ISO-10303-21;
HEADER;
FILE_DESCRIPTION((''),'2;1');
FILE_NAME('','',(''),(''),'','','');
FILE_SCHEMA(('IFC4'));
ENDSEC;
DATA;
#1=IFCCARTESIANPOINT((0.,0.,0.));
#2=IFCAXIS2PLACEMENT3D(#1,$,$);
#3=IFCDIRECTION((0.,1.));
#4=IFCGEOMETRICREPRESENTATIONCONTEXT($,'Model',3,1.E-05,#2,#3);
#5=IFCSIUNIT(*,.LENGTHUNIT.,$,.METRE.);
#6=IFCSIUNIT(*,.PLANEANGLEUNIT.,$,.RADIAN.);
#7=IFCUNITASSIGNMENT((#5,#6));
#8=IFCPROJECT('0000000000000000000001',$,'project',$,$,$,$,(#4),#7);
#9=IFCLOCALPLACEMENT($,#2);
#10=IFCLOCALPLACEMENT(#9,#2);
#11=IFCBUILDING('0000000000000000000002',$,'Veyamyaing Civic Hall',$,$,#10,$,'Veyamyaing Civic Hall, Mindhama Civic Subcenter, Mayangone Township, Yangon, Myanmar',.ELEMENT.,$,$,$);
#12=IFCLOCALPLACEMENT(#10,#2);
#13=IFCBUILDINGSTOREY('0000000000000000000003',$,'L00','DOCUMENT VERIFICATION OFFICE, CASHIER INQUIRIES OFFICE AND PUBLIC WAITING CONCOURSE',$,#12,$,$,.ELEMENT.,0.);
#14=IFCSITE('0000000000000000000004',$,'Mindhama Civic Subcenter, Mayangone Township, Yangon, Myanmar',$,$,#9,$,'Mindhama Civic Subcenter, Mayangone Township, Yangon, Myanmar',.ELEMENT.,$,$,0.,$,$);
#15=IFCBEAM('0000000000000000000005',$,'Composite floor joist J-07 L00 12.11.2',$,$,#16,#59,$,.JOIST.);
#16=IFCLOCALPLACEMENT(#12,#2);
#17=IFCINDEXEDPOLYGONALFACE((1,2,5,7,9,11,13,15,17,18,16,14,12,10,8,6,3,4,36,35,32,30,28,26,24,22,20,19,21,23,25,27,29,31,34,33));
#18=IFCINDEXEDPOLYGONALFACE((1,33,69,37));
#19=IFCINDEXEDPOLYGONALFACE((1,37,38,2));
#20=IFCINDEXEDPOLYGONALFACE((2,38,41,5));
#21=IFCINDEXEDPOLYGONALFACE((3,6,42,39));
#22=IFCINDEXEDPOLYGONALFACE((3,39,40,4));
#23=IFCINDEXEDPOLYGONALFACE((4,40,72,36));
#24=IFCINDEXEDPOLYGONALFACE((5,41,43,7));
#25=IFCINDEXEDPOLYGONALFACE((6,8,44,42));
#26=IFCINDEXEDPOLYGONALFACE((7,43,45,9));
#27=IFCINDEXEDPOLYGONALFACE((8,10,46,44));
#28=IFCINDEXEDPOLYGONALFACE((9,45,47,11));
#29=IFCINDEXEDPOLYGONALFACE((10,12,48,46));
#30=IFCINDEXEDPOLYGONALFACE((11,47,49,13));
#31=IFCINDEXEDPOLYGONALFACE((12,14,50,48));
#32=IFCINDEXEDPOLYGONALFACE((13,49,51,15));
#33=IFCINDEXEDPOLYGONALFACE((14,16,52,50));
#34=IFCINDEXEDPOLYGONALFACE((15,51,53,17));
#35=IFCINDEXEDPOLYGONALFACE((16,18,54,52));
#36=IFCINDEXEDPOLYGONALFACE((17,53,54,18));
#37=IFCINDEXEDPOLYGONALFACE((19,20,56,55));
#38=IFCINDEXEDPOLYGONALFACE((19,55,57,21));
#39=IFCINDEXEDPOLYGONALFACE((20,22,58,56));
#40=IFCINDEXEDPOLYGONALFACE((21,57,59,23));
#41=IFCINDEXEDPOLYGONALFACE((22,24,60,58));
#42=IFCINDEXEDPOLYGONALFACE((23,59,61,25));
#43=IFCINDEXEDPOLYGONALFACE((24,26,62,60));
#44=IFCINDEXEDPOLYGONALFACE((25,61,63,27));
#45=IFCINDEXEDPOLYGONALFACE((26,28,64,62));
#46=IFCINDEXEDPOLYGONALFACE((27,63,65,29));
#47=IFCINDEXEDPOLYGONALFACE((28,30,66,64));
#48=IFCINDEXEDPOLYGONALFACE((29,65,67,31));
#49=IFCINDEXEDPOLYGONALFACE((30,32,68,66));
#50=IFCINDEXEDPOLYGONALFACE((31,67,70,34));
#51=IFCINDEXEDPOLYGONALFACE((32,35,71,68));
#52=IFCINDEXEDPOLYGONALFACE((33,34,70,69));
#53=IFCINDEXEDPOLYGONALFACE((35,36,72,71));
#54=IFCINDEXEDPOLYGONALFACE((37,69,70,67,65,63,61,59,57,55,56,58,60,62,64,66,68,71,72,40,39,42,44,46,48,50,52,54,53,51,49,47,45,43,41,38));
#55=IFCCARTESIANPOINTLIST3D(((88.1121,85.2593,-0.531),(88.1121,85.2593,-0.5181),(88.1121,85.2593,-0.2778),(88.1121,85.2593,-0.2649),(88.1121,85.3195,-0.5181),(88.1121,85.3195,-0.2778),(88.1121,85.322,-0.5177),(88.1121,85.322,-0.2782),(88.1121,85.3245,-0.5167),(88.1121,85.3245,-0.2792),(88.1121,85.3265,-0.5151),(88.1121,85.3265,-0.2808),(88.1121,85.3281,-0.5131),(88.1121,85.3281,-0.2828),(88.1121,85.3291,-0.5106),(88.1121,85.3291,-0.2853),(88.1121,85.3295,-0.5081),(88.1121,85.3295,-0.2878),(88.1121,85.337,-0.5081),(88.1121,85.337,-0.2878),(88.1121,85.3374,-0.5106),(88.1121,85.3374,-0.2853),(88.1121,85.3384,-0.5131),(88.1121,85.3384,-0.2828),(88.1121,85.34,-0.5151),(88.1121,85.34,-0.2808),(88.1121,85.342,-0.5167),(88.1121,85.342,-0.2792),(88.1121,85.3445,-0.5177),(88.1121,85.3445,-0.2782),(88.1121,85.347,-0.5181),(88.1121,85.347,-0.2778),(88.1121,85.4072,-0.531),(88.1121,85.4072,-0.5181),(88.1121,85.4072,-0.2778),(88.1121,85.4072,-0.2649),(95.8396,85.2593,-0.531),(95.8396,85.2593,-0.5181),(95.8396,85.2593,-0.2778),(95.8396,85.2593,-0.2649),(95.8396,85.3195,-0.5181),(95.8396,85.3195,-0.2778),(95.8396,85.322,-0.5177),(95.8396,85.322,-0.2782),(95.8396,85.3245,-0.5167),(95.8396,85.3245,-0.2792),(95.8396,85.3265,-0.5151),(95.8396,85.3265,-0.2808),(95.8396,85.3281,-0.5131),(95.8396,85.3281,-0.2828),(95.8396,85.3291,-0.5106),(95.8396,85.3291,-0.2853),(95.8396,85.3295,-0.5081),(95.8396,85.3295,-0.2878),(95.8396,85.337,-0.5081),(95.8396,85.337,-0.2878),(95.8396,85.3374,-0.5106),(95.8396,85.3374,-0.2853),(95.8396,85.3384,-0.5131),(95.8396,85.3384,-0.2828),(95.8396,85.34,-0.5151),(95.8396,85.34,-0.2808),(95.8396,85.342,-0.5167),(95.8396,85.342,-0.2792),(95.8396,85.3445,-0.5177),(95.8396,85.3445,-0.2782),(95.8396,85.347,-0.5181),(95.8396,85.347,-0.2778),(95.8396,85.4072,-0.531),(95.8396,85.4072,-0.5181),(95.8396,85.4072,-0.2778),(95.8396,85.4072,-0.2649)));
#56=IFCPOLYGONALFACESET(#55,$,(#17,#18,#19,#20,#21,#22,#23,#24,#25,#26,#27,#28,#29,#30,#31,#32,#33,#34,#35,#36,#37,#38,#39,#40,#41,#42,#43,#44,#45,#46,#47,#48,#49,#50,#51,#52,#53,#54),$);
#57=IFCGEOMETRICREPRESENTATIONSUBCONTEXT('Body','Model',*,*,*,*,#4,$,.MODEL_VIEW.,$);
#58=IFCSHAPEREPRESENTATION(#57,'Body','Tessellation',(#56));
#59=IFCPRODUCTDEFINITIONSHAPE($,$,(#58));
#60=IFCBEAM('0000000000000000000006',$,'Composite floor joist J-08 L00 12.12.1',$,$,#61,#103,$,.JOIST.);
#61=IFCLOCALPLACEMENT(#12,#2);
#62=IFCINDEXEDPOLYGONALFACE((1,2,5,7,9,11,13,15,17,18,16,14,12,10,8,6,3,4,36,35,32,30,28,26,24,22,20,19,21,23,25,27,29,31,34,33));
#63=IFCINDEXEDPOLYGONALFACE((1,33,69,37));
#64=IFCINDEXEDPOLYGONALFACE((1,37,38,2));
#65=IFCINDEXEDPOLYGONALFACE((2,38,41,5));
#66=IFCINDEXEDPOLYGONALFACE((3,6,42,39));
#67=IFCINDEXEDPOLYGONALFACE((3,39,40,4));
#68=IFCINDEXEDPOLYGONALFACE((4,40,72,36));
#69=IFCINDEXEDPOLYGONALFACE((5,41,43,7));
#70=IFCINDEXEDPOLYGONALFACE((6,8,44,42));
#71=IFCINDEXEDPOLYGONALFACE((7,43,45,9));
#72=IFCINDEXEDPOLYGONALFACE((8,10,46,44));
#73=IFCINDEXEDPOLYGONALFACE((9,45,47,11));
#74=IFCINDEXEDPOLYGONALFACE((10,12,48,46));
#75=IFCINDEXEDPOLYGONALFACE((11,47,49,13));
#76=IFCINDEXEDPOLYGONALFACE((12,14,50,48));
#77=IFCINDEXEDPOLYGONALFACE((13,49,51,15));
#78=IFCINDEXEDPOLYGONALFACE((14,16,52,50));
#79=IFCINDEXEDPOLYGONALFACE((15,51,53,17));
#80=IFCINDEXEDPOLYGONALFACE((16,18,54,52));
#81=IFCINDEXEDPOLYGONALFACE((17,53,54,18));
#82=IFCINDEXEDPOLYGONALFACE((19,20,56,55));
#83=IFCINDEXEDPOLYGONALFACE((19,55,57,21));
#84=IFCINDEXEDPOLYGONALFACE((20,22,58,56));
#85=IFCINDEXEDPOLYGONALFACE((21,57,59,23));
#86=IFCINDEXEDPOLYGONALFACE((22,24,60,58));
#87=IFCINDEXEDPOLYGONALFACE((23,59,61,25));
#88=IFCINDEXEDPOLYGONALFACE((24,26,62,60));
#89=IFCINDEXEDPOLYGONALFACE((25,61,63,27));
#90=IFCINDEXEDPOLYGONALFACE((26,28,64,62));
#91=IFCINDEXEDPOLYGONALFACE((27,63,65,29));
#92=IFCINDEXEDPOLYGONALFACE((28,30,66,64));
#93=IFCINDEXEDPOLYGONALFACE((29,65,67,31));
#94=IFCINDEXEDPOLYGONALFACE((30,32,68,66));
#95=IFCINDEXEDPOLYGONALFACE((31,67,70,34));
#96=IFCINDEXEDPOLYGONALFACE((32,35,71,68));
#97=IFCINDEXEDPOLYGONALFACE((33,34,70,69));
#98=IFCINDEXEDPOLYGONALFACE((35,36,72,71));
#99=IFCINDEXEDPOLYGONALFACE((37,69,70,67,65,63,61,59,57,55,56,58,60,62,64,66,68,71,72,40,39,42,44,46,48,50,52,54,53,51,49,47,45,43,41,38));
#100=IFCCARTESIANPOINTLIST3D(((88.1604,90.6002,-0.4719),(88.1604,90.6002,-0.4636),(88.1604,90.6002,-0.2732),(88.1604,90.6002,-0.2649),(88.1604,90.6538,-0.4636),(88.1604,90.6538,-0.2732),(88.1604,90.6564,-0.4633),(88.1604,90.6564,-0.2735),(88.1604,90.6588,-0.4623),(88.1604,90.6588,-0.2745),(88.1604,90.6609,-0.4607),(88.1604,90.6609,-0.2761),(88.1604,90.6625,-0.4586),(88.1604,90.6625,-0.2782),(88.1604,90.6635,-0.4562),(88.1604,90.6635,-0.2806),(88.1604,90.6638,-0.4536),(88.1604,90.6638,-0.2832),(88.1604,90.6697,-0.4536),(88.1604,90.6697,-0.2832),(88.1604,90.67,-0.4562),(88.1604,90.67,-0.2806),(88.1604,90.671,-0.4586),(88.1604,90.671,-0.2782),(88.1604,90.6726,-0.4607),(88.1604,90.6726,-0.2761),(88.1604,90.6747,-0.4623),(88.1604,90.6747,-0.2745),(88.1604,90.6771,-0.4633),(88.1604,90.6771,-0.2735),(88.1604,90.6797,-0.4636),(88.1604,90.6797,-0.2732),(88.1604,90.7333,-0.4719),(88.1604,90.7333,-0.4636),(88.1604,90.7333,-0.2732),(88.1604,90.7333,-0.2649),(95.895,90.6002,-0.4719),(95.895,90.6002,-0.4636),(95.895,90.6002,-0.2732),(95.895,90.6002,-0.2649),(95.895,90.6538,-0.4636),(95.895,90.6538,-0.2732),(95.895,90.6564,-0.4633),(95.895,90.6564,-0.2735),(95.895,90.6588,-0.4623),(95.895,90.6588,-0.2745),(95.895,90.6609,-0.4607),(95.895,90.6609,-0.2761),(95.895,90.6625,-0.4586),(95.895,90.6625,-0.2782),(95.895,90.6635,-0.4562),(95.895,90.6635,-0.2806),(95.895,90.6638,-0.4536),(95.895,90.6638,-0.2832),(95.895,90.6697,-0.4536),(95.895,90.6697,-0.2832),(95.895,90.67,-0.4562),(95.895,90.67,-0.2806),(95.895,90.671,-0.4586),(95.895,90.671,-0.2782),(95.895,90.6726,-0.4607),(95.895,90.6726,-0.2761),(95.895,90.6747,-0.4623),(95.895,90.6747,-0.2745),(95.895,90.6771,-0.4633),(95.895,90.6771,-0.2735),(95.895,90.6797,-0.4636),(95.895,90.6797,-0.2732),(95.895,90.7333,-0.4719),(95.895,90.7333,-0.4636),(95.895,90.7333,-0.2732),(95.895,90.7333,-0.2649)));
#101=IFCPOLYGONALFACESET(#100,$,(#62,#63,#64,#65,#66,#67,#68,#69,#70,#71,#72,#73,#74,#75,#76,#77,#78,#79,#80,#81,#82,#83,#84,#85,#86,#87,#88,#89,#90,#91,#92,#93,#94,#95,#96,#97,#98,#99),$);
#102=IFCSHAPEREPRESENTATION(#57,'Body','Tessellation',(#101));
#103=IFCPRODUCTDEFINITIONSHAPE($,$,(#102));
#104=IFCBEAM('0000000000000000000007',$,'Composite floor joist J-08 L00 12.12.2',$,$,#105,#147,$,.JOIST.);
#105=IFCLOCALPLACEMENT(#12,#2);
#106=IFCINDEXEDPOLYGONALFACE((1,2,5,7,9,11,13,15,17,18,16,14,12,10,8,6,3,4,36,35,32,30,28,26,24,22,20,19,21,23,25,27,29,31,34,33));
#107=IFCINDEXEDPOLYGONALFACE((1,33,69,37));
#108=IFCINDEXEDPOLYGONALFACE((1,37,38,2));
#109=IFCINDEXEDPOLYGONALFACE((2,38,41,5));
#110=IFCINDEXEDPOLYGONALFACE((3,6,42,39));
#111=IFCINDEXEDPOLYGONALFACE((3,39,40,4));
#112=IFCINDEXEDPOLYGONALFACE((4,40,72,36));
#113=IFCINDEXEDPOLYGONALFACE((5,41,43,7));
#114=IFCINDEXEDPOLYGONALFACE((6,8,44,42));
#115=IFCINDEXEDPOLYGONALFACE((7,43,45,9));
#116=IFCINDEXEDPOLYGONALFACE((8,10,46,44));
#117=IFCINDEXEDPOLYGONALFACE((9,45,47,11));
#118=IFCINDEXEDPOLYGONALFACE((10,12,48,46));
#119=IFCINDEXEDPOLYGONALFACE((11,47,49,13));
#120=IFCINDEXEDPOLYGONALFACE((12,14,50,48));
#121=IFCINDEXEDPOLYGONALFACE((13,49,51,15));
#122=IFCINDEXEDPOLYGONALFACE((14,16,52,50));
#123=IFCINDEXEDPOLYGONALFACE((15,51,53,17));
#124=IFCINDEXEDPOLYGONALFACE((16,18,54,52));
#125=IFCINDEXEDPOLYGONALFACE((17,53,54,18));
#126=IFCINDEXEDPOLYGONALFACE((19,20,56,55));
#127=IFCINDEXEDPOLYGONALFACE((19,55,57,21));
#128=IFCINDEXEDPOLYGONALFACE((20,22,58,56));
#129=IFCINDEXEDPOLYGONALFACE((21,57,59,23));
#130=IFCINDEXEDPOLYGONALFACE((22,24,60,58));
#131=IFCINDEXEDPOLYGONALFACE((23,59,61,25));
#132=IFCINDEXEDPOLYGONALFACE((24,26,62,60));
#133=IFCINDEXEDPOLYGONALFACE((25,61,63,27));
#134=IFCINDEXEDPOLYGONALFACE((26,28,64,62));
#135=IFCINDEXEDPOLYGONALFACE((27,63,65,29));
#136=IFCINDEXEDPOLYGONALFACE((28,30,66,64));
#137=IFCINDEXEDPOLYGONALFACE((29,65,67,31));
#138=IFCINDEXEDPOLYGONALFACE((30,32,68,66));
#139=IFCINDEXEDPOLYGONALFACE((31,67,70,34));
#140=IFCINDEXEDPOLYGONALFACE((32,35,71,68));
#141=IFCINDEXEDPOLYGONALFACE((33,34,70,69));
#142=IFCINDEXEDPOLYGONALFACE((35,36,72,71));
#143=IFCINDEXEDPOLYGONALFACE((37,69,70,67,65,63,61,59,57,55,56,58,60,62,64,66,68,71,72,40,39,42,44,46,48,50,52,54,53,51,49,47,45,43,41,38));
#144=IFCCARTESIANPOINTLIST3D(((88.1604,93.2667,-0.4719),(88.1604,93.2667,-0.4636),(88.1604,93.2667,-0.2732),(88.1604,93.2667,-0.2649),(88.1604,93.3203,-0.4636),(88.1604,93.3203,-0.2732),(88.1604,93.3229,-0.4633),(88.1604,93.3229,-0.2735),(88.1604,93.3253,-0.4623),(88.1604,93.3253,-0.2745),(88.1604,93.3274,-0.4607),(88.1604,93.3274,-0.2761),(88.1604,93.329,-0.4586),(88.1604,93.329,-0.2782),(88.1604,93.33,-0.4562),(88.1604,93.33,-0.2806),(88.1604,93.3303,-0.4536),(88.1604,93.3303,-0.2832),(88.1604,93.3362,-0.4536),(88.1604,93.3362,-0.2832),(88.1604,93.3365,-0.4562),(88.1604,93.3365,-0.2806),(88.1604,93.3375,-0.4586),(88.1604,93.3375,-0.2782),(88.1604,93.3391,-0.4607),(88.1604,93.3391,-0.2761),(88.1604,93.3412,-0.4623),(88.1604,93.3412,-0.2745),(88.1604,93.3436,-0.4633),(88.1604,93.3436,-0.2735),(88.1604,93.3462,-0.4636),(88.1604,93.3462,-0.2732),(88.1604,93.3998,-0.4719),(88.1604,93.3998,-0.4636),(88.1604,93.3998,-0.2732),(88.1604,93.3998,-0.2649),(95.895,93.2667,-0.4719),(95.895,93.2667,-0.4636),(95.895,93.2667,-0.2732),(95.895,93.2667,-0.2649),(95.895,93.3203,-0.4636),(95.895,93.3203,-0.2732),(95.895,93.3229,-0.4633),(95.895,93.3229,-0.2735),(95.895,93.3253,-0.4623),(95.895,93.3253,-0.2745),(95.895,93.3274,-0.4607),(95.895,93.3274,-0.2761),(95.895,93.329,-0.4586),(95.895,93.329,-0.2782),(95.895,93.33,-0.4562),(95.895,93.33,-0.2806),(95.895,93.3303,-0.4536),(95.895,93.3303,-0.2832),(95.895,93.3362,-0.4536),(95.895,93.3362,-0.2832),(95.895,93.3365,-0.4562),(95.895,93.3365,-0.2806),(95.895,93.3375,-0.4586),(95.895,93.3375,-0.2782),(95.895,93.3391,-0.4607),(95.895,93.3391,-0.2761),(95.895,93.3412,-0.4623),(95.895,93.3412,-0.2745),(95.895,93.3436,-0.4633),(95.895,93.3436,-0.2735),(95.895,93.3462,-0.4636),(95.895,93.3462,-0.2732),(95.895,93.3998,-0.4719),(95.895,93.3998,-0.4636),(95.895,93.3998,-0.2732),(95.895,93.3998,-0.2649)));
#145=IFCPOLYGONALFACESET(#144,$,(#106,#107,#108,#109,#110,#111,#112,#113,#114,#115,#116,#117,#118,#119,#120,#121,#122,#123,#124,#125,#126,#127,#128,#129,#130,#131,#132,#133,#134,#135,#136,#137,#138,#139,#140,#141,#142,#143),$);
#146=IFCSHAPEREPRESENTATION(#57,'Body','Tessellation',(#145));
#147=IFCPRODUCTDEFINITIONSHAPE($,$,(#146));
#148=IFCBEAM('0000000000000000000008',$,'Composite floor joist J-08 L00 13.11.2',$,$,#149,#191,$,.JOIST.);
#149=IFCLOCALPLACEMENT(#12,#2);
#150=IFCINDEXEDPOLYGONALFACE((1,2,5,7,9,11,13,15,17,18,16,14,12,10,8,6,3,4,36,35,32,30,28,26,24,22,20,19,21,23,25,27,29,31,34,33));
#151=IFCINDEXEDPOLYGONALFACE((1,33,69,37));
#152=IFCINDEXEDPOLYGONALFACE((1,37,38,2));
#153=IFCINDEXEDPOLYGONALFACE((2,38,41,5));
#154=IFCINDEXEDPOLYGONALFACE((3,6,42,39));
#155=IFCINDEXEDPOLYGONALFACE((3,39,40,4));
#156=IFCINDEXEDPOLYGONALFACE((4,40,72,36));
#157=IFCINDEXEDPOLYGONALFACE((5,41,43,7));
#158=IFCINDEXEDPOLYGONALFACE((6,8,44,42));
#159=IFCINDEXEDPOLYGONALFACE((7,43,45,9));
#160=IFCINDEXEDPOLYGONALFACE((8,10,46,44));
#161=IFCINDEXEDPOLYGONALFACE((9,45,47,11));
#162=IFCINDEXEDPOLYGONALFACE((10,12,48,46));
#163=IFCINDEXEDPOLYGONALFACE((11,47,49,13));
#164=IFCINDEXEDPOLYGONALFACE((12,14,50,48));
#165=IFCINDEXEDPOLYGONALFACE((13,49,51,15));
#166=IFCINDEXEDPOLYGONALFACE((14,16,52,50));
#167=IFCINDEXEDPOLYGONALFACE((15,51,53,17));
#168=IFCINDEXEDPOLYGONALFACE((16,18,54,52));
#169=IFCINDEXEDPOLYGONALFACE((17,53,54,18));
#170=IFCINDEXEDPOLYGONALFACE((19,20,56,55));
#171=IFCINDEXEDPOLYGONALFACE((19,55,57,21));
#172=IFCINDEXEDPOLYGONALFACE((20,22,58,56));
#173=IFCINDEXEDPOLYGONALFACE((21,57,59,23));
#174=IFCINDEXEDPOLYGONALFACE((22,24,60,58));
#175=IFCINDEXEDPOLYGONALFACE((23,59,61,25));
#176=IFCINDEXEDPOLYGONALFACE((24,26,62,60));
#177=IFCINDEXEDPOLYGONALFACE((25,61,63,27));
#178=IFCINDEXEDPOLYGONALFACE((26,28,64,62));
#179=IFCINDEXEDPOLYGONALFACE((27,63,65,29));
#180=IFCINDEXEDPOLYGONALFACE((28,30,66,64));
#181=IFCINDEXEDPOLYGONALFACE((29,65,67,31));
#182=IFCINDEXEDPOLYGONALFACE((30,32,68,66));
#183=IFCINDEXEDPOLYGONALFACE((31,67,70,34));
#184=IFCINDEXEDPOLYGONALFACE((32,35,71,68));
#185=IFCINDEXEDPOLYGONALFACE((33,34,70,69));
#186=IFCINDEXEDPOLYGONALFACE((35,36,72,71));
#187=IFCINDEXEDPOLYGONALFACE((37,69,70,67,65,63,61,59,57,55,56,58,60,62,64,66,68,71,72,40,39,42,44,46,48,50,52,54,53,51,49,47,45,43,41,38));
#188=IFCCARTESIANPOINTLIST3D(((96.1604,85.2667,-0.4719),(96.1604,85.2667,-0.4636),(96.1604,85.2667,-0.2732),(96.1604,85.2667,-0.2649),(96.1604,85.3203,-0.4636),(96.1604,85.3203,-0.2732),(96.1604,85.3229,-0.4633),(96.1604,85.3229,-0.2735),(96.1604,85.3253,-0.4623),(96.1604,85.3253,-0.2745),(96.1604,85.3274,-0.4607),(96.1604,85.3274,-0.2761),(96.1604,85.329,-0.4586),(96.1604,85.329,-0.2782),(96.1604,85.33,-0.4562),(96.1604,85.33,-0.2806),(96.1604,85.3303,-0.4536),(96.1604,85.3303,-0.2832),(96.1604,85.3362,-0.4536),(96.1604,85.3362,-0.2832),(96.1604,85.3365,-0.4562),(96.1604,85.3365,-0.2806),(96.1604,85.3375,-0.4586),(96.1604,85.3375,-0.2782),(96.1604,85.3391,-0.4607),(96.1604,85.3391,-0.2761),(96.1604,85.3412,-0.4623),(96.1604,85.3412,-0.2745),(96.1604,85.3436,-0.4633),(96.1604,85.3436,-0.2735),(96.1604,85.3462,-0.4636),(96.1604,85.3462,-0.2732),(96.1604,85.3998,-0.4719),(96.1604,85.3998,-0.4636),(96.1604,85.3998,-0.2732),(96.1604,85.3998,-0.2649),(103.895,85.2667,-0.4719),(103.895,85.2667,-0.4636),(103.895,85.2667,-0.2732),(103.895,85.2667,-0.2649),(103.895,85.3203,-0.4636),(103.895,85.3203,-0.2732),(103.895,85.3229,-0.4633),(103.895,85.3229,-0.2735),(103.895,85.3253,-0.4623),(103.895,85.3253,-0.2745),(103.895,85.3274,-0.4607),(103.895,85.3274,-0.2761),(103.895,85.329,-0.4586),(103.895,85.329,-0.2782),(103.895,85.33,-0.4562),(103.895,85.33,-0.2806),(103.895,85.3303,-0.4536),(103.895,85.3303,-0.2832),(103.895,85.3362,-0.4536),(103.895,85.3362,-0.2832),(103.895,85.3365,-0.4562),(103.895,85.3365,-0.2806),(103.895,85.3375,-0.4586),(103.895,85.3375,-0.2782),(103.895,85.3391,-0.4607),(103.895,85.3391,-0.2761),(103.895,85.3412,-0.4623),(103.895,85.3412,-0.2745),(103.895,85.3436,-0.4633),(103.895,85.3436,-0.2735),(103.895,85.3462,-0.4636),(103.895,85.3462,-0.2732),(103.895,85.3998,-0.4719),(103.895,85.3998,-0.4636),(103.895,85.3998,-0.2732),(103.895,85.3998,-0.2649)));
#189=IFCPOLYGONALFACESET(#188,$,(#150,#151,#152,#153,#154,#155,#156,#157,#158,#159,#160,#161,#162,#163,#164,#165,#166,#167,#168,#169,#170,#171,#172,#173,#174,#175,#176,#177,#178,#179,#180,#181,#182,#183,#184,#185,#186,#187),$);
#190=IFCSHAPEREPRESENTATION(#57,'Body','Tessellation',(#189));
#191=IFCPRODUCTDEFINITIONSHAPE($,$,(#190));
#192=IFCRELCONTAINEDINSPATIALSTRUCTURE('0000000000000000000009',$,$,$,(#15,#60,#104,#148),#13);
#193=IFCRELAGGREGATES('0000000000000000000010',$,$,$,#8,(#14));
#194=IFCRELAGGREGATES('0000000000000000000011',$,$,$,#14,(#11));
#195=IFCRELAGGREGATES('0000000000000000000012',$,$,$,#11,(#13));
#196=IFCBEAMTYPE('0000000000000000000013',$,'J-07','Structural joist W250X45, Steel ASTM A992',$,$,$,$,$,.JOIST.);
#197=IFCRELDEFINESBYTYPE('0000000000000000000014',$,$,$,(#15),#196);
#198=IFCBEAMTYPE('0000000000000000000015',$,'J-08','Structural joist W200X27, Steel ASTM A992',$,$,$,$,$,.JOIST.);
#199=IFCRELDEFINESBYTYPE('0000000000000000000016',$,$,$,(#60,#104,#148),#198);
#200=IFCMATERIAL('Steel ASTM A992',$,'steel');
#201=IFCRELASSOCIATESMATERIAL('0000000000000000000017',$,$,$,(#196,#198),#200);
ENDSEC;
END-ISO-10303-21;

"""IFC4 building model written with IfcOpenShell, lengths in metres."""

from ifc_helpers import new_model, si_unit, direction, frame, origin, origin_2d, place, context, subcontext, project, spatial, i_section, extrude, material, material_profile, profile_set, type_object, element, save


model = new_model("IFC4")

# Units and contexts
model_context = context("Model", 3, precision=1e-05, world=origin(), true_north=direction((0.0, 1.0)))
body_context = subcontext(model_context, "Body", "Model", "MODEL_VIEW")
ifc_project = project(units=[si_unit("LENGTHUNIT", "METRE"), si_unit("PLANEANGLEUNIT", "RADIAN")], contexts=[model_context])

# Site, building, storey
site_placement = place(None, origin())
site = spatial("IfcSite", under=ifc_project, at=site_placement, Name="Mindhama Civic Subcenter, Mayangone Township, Yangon, Myanmar", LongName="Mindhama Civic Subcenter, Mayangone Township, Yangon, Myanmar", CompositionType="ELEMENT", RefElevation=0.0)
building_placement = place(site_placement, origin())
building = spatial("IfcBuilding", under=site, at=building_placement, Name="Veyamyaing Civic Hall", LongName="Veyamyaing Civic Hall, Mindhama Civic Subcenter, Mayangone Township, Yangon, Myanmar", CompositionType="ELEMENT")
storey_placement = place(building_placement, origin())
storey = spatial("IfcBuildingStorey", under=building, at=storey_placement, Name="L00", Description="DOCUMENT VERIFICATION OFFICE, CASHIER INQUIRIES OFFICE AND PUBLIC WAITING CONCOURSE", CompositionType="ELEMENT", Elevation=0.0)

# Beams
ifc_material_1 = material(Name="Steel ASTM A992", Category="steel")
ifc_material_profile_1 = material_profile(ifc_material_1, i_section(OverallWidth=0.1479, OverallDepth=0.2661, WebThickness=0.0076, FlangeThickness=0.0129, FilletRadius=0.01, at=origin_2d()), Name="W250X45")
ifc_profile_set_1 = profile_set([ifc_material_profile_1], Name="Steel ASTM A992")
beam_type_1 = type_object("IfcBeamType", Name="J-07", Description="Structural joist W250X45, Steel ASTM A992", PredefinedType="JOIST", material=ifc_profile_set_1)
beam_1_placement = place(storey_placement, frame((88.1121, 85.3333, -0.3979), z_axis=(1.0, 0.0, 0.0), x_axis=(0.0, 1.0, 0.0)))
element("IfcBeam", 1, at=beam_1_placement, inside=storey, type_object=beam_type_1, Name="Composite floor joist J-07 L00 12.11.2", PredefinedType="JOIST", context=body_context, shape_type="SweptSolid", body=[
    extrude(i_section(OverallWidth=0.1479, OverallDepth=0.2661, WebThickness=0.0076, FlangeThickness=0.0129, FilletRadius=0.01, at=origin_2d()), origin(), (0.0, 0.0, 1.0), 7.7275),
])
ifc_material_profile_2 = material_profile(ifc_material_1, i_section(OverallWidth=0.1331, OverallDepth=0.207, WebThickness=0.0059, FlangeThickness=0.0083, FilletRadius=0.01, at=origin_2d()), Name="W200X27")
ifc_profile_set_2 = profile_set([ifc_material_profile_2], Name="Steel ASTM A992")
beam_type_2 = type_object("IfcBeamType", Name="J-08", Description="Structural joist W200X27, Steel ASTM A992", PredefinedType="JOIST", material=ifc_profile_set_2)
for number, where, z_axis, x_axis, name in (
    (2, (88.1604, 90.6667, -0.3684), (1.0, 0.0, 0.0), (0.0, 1.0, 0.0), "Composite floor joist J-08 L00 12.12.1"),
    (3, (88.1604, 93.3333, -0.3684), (1.0, 0.0, 0.0), (0.0, 1.0, 0.0), "Composite floor joist J-08 L00 12.12.2"),
    (4, (96.1604, 85.3333, -0.3684), (1.0, 0.0, 0.0), (0.0, 1.0, 0.0), "Composite floor joist J-08 L00 13.11.2"),
):
    element("IfcBeam", number, at=place(storey_placement, frame(where, z_axis=z_axis, x_axis=x_axis)), inside=storey, type_object=beam_type_2, Name=name, PredefinedType="JOIST", context=body_context, shape_type="SweptSolid", body=[
        extrude(i_section(OverallWidth=0.1331, OverallDepth=0.207, WebThickness=0.0059, FlangeThickness=0.0083, FilletRadius=0.01, at=origin_2d()), origin(), (0.0, 0.0, 1.0), 7.7346),
    ])

save(model, "model.ifc")
